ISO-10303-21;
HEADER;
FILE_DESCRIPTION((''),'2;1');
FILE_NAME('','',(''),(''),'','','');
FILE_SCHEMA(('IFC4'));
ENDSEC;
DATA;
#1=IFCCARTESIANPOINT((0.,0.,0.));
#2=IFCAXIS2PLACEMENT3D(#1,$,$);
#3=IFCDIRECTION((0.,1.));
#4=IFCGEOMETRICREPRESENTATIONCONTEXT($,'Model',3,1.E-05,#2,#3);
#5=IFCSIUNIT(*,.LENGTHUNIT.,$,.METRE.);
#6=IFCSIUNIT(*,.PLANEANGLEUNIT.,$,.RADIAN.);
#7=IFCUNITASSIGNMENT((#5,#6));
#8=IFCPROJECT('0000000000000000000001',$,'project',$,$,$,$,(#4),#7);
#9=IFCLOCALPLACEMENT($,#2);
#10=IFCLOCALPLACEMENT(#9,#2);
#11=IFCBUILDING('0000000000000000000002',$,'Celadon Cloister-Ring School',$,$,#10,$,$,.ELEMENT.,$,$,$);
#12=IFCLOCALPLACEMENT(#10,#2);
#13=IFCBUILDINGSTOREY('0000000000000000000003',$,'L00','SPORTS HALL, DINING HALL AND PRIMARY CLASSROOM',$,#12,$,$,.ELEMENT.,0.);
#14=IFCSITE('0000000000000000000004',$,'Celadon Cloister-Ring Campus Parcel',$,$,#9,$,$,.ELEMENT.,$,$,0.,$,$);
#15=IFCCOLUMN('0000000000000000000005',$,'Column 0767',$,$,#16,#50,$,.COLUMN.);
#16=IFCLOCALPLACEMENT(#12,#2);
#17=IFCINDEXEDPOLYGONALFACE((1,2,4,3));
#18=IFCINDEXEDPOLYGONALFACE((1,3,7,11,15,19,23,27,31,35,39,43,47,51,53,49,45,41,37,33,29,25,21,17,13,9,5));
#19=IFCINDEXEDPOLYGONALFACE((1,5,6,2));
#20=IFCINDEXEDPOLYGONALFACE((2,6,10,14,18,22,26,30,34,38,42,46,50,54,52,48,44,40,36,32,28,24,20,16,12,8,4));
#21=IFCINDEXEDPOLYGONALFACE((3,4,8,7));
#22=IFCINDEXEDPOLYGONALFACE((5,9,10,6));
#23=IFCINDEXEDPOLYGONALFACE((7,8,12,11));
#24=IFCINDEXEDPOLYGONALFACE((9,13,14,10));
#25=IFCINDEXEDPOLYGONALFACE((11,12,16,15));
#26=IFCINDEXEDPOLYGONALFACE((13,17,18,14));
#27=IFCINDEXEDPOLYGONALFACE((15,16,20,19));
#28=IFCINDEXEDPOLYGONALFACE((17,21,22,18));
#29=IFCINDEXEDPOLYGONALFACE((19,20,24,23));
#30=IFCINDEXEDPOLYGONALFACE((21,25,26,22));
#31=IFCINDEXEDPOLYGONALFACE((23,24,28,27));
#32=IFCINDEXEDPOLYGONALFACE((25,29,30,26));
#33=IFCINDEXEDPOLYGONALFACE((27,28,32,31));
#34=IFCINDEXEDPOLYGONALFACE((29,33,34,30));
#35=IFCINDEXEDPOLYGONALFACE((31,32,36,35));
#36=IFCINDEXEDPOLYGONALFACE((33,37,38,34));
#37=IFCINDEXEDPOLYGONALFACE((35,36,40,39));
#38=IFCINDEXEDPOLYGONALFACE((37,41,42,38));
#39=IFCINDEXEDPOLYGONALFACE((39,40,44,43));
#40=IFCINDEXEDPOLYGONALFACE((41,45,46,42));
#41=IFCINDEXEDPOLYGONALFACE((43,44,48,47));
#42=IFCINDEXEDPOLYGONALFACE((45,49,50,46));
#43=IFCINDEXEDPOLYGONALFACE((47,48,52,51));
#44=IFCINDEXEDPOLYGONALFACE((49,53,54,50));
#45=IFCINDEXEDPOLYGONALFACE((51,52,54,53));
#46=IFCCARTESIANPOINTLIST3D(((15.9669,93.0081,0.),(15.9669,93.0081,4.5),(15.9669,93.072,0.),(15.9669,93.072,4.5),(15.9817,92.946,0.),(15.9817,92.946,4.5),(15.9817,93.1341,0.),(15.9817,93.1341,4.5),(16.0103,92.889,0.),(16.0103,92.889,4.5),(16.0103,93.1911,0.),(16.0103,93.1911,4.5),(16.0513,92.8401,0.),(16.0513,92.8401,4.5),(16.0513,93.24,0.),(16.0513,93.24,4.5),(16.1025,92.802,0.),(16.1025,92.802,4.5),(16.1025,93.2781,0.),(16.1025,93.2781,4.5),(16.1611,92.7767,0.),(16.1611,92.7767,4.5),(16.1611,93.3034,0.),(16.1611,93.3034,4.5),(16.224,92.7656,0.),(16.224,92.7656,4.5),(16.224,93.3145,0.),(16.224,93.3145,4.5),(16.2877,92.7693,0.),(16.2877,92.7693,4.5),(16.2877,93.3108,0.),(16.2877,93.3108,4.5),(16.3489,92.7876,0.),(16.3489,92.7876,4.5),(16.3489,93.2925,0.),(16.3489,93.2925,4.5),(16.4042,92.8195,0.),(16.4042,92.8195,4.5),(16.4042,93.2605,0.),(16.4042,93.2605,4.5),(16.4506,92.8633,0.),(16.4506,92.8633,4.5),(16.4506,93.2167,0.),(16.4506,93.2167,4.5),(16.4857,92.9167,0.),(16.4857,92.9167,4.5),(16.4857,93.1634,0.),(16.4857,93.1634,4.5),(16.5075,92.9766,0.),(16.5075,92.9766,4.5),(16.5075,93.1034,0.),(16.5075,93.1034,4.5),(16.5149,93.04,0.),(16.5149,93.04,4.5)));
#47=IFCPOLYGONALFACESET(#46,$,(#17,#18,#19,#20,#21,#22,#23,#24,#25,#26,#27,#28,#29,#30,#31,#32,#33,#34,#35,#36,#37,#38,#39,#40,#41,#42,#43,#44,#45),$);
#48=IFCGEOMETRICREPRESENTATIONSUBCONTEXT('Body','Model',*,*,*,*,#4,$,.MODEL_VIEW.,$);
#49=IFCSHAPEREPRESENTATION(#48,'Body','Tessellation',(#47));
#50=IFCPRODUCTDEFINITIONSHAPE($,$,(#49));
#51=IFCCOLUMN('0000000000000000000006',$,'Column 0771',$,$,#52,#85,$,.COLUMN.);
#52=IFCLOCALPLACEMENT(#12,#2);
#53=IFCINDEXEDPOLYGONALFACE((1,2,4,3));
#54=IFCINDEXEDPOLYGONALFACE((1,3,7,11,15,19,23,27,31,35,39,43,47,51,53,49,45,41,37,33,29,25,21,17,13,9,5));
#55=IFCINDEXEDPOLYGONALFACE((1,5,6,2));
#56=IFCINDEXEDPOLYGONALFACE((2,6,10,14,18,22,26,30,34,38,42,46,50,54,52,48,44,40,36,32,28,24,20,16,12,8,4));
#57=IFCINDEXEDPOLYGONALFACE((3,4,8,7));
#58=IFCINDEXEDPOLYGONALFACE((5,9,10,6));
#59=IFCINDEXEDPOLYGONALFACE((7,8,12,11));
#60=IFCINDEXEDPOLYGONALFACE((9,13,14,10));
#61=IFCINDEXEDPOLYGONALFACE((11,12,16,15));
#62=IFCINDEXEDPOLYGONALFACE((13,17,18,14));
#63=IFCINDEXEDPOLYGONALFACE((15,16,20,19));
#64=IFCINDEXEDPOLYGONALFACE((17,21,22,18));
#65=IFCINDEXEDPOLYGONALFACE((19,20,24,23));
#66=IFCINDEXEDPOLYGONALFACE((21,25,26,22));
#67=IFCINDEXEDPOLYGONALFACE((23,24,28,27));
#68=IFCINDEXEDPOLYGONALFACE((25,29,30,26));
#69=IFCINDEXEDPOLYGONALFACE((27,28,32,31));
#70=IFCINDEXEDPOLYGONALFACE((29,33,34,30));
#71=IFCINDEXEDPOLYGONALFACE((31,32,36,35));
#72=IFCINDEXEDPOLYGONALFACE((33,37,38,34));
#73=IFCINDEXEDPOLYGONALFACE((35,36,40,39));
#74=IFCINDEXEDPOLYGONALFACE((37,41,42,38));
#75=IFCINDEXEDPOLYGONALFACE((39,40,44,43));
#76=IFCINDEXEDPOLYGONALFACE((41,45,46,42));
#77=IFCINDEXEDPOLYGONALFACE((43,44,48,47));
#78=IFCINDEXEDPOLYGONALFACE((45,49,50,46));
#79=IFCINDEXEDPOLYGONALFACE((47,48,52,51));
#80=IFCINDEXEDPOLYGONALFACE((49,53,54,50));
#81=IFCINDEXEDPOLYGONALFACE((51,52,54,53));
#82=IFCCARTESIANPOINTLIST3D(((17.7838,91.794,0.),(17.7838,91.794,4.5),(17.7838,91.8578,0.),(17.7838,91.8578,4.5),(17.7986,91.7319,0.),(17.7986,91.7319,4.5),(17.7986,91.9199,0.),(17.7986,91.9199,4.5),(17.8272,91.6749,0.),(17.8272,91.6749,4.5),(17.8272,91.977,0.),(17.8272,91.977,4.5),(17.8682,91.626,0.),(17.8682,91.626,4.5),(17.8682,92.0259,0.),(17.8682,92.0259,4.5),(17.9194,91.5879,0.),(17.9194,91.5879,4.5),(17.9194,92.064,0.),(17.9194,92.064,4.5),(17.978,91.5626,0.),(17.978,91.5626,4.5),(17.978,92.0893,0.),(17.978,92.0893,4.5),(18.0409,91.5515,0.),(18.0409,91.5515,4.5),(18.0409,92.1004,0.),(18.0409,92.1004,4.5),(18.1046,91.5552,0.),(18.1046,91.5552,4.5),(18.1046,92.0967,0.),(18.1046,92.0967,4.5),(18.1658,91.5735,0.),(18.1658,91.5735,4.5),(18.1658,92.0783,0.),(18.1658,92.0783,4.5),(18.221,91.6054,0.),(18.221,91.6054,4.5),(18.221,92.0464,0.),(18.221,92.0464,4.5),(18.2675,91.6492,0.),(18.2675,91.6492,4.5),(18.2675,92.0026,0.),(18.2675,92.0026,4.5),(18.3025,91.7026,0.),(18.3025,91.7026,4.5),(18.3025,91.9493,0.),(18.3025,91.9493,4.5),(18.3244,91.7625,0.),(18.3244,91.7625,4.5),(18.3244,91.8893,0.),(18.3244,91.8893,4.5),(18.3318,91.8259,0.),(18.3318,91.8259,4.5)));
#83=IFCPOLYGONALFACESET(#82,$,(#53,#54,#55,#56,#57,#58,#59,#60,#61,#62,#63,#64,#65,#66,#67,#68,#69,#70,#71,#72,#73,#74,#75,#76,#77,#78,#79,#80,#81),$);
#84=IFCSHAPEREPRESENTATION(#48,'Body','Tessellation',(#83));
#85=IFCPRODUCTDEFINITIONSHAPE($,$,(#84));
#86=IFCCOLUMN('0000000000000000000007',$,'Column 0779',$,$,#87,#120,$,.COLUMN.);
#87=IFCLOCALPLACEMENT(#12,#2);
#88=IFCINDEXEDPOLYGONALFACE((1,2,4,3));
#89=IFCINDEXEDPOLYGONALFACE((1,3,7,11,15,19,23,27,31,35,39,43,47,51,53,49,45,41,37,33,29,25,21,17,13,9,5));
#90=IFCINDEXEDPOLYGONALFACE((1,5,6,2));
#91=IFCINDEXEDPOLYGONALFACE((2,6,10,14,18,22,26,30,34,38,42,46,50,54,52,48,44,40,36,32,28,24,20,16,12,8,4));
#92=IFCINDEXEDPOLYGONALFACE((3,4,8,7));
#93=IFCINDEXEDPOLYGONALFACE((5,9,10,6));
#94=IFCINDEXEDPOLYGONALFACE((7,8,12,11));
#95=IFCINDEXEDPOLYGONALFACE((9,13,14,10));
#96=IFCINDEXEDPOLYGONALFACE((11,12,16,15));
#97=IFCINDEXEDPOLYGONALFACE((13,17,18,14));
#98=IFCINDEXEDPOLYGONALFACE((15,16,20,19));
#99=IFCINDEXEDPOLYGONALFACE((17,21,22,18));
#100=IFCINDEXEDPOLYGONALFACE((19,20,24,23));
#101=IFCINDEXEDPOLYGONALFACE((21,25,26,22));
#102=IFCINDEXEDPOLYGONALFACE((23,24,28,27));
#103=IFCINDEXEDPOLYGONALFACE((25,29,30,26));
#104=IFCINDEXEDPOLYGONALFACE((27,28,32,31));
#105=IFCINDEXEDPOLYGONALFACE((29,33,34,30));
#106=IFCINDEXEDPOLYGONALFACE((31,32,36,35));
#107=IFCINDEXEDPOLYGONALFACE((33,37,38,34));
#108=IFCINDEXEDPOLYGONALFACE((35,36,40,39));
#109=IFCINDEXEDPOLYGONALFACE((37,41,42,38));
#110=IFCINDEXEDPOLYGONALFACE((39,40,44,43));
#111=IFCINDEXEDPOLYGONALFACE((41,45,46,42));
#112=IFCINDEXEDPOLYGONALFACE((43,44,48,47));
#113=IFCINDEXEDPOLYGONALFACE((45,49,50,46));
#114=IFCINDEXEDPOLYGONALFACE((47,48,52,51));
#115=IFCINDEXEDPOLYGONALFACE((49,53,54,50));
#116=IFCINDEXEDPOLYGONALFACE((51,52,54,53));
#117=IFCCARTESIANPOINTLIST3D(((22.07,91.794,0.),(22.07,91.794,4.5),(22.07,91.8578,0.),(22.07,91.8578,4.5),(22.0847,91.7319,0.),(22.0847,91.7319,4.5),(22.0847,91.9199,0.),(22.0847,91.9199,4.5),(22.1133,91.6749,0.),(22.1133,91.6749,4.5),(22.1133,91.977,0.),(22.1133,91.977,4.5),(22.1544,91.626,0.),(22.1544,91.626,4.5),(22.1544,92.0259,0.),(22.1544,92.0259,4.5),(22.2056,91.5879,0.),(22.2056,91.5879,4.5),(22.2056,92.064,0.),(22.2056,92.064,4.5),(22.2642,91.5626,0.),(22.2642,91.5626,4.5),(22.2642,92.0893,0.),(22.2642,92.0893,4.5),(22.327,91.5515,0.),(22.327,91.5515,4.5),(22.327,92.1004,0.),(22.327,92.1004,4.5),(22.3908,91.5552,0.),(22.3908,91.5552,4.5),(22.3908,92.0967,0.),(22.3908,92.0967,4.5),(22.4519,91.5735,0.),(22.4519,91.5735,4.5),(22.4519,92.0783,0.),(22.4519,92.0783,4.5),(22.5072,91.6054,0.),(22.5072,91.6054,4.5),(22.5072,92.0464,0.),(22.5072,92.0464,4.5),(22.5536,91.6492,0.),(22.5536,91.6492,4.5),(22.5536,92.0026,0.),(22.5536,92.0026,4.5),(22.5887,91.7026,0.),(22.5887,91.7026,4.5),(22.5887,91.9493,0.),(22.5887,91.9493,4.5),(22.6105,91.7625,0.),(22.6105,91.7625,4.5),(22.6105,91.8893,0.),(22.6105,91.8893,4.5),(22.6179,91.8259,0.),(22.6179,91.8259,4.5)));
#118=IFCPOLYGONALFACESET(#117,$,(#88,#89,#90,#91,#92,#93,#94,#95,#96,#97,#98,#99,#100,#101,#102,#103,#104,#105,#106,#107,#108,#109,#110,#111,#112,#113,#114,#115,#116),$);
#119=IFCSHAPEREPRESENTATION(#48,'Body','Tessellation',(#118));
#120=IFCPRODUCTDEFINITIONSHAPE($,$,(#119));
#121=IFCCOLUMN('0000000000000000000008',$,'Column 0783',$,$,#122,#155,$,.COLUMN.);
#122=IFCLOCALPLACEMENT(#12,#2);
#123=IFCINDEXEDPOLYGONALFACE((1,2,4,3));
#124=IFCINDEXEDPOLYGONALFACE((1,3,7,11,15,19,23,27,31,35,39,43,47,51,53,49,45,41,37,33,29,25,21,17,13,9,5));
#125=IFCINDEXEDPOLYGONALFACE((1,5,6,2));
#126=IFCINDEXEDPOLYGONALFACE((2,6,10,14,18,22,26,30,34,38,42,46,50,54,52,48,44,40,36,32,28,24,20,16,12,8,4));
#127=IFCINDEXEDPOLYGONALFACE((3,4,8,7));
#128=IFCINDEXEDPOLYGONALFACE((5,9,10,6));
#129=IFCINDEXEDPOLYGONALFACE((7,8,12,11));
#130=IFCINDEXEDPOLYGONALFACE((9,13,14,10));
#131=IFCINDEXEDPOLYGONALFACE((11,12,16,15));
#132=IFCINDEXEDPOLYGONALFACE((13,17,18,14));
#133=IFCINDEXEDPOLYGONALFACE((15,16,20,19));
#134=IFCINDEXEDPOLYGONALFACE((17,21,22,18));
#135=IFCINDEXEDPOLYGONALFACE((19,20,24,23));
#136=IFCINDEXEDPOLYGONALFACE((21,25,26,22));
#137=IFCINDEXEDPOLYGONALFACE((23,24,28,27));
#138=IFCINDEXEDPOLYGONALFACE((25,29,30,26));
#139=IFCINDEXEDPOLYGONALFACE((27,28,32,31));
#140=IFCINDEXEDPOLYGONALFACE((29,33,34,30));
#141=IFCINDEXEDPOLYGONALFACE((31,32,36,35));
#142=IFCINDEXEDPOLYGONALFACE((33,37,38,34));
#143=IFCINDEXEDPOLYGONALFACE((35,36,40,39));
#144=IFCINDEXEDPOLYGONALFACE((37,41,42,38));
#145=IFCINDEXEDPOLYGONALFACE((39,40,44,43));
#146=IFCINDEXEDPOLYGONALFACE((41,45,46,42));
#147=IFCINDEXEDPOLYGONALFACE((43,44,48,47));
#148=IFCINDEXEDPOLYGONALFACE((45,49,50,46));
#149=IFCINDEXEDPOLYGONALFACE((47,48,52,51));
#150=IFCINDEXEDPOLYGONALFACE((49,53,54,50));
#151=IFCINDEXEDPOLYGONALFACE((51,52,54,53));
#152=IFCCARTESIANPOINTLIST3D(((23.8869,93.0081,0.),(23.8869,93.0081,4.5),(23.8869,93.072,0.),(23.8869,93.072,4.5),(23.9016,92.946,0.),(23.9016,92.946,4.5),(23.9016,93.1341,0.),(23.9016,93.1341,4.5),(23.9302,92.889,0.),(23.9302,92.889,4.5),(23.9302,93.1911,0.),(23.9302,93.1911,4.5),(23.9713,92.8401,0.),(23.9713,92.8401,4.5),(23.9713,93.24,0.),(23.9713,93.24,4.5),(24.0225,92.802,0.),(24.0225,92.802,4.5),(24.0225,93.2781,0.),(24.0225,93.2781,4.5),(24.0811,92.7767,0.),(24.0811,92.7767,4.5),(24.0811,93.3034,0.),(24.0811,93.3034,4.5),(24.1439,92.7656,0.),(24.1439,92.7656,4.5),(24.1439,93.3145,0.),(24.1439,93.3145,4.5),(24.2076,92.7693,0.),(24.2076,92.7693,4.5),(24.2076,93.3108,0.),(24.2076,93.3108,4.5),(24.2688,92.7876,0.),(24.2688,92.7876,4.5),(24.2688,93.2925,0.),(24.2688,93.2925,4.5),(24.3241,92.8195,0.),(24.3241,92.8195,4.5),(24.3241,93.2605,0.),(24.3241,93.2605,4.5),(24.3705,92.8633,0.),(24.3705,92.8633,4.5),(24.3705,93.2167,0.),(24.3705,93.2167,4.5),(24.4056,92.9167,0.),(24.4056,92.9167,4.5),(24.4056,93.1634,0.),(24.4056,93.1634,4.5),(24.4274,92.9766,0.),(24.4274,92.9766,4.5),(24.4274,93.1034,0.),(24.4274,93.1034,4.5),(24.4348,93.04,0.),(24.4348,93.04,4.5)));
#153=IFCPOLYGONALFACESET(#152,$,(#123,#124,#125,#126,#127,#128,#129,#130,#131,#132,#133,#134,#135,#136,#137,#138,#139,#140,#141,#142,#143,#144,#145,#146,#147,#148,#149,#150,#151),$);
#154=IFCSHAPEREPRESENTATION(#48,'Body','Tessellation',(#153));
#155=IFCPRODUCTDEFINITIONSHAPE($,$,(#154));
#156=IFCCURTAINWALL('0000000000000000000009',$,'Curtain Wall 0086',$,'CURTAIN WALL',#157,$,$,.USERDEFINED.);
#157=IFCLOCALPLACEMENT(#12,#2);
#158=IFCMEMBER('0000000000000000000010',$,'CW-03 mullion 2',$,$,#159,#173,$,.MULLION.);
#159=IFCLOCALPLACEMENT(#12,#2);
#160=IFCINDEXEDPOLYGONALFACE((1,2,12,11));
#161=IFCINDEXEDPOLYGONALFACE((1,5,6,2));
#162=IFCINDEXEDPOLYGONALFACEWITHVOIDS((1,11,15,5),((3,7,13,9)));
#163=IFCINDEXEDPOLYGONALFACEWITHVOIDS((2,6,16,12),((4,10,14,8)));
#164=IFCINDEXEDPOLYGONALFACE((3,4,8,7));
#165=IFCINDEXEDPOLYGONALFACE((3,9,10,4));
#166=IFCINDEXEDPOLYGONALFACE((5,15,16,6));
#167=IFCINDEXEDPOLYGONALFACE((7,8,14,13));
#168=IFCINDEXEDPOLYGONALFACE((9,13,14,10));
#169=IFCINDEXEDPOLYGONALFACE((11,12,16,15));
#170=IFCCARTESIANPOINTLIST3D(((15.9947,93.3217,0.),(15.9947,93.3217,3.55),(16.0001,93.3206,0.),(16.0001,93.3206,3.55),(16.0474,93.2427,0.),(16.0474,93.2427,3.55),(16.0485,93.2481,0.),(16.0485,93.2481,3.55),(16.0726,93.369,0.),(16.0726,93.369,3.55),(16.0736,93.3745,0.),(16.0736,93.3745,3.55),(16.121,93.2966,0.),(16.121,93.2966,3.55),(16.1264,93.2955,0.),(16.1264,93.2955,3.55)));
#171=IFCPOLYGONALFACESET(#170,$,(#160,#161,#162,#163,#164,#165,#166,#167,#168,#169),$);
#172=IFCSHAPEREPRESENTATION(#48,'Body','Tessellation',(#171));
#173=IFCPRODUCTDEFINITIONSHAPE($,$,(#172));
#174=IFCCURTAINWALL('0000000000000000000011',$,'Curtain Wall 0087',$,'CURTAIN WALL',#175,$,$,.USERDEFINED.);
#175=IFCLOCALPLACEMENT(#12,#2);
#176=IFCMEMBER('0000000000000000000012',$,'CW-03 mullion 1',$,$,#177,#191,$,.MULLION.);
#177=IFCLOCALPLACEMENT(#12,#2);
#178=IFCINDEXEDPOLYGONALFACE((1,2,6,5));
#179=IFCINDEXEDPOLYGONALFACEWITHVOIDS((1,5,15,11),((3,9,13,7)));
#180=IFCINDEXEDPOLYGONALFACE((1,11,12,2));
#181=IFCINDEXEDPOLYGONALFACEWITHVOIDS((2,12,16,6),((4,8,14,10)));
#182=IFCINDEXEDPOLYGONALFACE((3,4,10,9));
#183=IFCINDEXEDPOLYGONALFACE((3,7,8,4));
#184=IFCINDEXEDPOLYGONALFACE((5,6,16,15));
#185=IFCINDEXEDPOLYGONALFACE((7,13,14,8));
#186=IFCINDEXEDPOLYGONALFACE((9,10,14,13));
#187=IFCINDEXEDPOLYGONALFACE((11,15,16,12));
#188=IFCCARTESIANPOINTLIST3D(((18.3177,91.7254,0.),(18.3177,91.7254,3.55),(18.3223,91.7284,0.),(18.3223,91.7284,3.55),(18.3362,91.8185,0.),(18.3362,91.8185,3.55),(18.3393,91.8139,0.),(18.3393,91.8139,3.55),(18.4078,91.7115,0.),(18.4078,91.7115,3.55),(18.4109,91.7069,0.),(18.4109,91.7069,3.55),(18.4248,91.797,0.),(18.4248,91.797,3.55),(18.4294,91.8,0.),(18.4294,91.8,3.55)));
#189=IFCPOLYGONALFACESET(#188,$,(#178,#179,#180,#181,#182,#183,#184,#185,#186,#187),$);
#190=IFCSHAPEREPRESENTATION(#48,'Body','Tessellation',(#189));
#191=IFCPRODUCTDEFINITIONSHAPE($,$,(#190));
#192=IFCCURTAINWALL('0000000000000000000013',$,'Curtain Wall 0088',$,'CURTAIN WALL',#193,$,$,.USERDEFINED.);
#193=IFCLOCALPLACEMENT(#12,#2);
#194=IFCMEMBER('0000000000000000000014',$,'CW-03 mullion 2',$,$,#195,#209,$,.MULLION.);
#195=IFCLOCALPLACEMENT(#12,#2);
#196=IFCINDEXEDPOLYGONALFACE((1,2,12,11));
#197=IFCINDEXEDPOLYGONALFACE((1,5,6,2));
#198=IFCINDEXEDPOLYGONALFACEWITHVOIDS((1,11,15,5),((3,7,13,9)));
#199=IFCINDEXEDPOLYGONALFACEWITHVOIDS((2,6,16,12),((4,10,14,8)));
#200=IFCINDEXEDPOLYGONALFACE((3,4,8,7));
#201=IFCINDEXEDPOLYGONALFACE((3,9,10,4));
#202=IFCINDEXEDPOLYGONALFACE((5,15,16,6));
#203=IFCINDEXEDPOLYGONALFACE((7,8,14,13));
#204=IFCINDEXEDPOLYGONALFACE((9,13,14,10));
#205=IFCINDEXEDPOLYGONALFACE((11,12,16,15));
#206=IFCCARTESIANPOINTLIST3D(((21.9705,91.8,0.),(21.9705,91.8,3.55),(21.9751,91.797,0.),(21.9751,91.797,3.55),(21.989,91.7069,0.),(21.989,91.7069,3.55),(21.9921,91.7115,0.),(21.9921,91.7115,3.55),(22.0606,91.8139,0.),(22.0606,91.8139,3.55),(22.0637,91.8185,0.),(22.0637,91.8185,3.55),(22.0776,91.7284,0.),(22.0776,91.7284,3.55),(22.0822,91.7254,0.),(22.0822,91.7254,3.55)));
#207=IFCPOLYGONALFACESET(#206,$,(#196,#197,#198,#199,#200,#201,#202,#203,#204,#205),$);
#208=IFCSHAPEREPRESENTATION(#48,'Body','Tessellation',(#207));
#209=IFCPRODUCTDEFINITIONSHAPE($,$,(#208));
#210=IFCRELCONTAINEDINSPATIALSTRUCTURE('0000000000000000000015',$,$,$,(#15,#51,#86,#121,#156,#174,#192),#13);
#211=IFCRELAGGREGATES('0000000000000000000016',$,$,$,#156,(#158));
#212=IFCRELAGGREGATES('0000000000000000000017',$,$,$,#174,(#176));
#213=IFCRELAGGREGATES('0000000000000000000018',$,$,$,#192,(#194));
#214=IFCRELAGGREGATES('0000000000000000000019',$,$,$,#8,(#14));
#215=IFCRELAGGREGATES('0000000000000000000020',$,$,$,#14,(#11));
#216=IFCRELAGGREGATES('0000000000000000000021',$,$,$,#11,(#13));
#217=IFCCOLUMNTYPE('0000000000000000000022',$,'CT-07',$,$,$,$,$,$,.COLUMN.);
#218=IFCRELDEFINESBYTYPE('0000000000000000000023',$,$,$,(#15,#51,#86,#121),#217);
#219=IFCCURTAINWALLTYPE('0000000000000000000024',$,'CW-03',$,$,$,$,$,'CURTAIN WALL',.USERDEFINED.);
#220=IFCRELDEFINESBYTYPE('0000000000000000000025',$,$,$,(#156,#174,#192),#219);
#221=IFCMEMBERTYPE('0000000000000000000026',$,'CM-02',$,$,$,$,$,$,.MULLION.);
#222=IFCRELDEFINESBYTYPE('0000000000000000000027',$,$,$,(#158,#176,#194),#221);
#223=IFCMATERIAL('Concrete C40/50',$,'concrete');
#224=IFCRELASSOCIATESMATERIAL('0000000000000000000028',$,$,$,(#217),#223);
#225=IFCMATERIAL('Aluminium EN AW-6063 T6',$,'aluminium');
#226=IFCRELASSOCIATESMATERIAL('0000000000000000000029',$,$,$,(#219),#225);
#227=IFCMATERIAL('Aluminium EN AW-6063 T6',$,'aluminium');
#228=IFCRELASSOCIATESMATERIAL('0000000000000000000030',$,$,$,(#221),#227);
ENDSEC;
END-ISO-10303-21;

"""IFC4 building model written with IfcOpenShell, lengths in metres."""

from ifc_helpers import new_model, si_unit, direction, frame, origin, origin_2d, place, context, subcontext, project, spatial, hollow_rectangle, circle, extrude, material, material_profile, profile_set, type_object, element, aggregate, save


model = new_model("IFC4")

# Units and contexts
model_context = context("Model", 3, precision=1e-05, world=origin(), true_north=direction((0.0, 1.0)))
body_context = subcontext(model_context, "Body", "Model", "MODEL_VIEW")
ifc_project = project(units=[si_unit("LENGTHUNIT", "METRE"), si_unit("PLANEANGLEUNIT", "RADIAN")], contexts=[model_context])

# Site, building, storey
site_placement = place(None, origin())
site = spatial("IfcSite", under=ifc_project, at=site_placement, Name="Celadon Cloister-Ring Campus Parcel", CompositionType="ELEMENT", RefElevation=0.0)
building_placement = place(site_placement, origin())
building = spatial("IfcBuilding", under=site, at=building_placement, Name="Celadon Cloister-Ring School", CompositionType="ELEMENT")
storey_placement = place(building_placement, origin())
storey = spatial("IfcBuildingStorey", under=building, at=storey_placement, Name="L00", Description="SPORTS HALL, DINING HALL AND PRIMARY CLASSROOM", CompositionType="ELEMENT", Elevation=0.0)

# Columns
ifc_material_1 = material(Name="Concrete C40/50", Category="concrete")
ifc_material_profile_1 = material_profile(ifc_material_1, circle(Radius=0.2749, at=origin_2d()), Name="CIRC550")
ifc_profile_set_1 = profile_set([ifc_material_profile_1], Name="Concrete C40/50")
column_type = type_object("IfcColumnType", Name="CT-07", PredefinedType="COLUMN", material=ifc_profile_set_1)
for number, where, z_axis, x_axis, name in (
    (1, (16.24, 93.04, 0.0), (0.0, 0.0, 1.0), (1.0, 0.0, 0.0), "Column 0767"),
    (2, (18.0569, 91.8259, 0.0), (0.0, 0.0, 1.0), (1.0, 0.0, 0.0), "Column 0771"),
    (3, (22.343, 91.8259, 0.0), (0.0, 0.0, 1.0), (1.0, 0.0, 0.0), "Column 0779"),
    (4, (24.1599, 93.04, 0.0), (0.0, 0.0, 1.0), (1.0, 0.0, 0.0), "Column 0783"),
):
    element("IfcColumn", number, at=place(storey_placement, frame(where, z_axis=z_axis, x_axis=x_axis)), inside=storey, type_object=column_type, Name=name, PredefinedType="COLUMN", context=body_context, shape_type="SweptSolid", body=[
        extrude(circle(Radius=0.2749, at=origin_2d()), origin(), (0.0, 0.0, 1.0), 4.5),
    ])

# Curtain walls, members
ifc_material_2 = material(Name="Aluminium EN AW-6063 T6", Category="aluminium")
curtain_wall_type = type_object("IfcCurtainWallType", Name="CW-03", ElementType="CURTAIN WALL", PredefinedType="USERDEFINED", material=ifc_material_2)
curtain_wall_1_placement = place(storey_placement, origin())
curtain_wall_1 = element("IfcCurtainWall", 5, at=curtain_wall_1_placement, inside=storey, type_object=curtain_wall_type, Name="Curtain Wall 0086", ObjectType="CURTAIN WALL", PredefinedType="USERDEFINED")
ifc_material_3 = material(Name="Aluminium EN AW-6063 T6", Category="aluminium")
ifc_material_profile_2 = material_profile(ifc_material_3, hollow_rectangle(XDim=0.095, YDim=0.095, WallThickness=0.0039, at=origin_2d()), Name="RHS95X95X4")
ifc_profile_set_2 = profile_set([ifc_material_profile_2], Name="Aluminium EN AW-6063 T6")
member_type_1 = type_object("IfcMemberType", Name="CM-02", PredefinedType="MULLION", material=ifc_profile_set_2)
member_1_placement = place(storey_placement, frame((16.0605, 93.3086, 0.0), z_axis=(0.0, 0.0, 1.0), x_axis=(0.831485, 0.555547, 0.0)))
member_1 = element("IfcMember", 6, at=member_1_placement, type_object=member_type_1, Name="CW-03 mullion 2", PredefinedType="MULLION", context=body_context, shape_type="SweptSolid", body=[
    extrude(hollow_rectangle(XDim=0.095, YDim=0.095, WallThickness=0.0039, at=origin_2d()), origin(), (0.0, 0.0, 1.0), 3.55),
])
curtain_wall_2_placement = place(storey_placement, origin())
curtain_wall_2 = element("IfcCurtainWall", 7, at=curtain_wall_2_placement, inside=storey, type_object=curtain_wall_type, Name="Curtain Wall 0087", ObjectType="CURTAIN WALL", PredefinedType="USERDEFINED")
member_2_placement = place(storey_placement, frame((18.3735, 91.7627, 0.0), z_axis=(0.0, 0.0, 1.0), x_axis=(0.194586, 0.980885, 0.0)))
member_2 = element("IfcMember", 8, at=member_2_placement, type_object=member_type_1, Name="CW-03 mullion 1", PredefinedType="MULLION", context=body_context, shape_type="SweptSolid", body=[
    extrude(hollow_rectangle(XDim=0.095, YDim=0.095, WallThickness=0.0039, at=origin_2d()), origin(), (0.0, 0.0, 1.0), 3.55),
])
curtain_wall_3_placement = place(storey_placement, origin())
curtain_wall_3 = element("IfcCurtainWall", 9, at=curtain_wall_3_placement, inside=storey, type_object=curtain_wall_type, Name="Curtain Wall 0088", ObjectType="CURTAIN WALL", PredefinedType="USERDEFINED")
member_3_placement = place(storey_placement, frame((22.0264, 91.7627, 0.0), z_axis=(0.0, 0.0, 1.0), x_axis=(-0.194586, 0.980885, 0.0)))
member_3 = element("IfcMember", 10, at=member_3_placement, type_object=member_type_1, Name="CW-03 mullion 2", PredefinedType="MULLION", context=body_context, shape_type="SweptSolid", body=[
    extrude(hollow_rectangle(XDim=0.095, YDim=0.095, WallThickness=0.0039, at=origin_2d()), origin(), (0.0, 0.0, 1.0), 3.55),
])

aggregate(curtain_wall_1, [member_1])
aggregate(curtain_wall_2, [member_2])
aggregate(curtain_wall_3, [member_3])

save(model, "model.ifc")
